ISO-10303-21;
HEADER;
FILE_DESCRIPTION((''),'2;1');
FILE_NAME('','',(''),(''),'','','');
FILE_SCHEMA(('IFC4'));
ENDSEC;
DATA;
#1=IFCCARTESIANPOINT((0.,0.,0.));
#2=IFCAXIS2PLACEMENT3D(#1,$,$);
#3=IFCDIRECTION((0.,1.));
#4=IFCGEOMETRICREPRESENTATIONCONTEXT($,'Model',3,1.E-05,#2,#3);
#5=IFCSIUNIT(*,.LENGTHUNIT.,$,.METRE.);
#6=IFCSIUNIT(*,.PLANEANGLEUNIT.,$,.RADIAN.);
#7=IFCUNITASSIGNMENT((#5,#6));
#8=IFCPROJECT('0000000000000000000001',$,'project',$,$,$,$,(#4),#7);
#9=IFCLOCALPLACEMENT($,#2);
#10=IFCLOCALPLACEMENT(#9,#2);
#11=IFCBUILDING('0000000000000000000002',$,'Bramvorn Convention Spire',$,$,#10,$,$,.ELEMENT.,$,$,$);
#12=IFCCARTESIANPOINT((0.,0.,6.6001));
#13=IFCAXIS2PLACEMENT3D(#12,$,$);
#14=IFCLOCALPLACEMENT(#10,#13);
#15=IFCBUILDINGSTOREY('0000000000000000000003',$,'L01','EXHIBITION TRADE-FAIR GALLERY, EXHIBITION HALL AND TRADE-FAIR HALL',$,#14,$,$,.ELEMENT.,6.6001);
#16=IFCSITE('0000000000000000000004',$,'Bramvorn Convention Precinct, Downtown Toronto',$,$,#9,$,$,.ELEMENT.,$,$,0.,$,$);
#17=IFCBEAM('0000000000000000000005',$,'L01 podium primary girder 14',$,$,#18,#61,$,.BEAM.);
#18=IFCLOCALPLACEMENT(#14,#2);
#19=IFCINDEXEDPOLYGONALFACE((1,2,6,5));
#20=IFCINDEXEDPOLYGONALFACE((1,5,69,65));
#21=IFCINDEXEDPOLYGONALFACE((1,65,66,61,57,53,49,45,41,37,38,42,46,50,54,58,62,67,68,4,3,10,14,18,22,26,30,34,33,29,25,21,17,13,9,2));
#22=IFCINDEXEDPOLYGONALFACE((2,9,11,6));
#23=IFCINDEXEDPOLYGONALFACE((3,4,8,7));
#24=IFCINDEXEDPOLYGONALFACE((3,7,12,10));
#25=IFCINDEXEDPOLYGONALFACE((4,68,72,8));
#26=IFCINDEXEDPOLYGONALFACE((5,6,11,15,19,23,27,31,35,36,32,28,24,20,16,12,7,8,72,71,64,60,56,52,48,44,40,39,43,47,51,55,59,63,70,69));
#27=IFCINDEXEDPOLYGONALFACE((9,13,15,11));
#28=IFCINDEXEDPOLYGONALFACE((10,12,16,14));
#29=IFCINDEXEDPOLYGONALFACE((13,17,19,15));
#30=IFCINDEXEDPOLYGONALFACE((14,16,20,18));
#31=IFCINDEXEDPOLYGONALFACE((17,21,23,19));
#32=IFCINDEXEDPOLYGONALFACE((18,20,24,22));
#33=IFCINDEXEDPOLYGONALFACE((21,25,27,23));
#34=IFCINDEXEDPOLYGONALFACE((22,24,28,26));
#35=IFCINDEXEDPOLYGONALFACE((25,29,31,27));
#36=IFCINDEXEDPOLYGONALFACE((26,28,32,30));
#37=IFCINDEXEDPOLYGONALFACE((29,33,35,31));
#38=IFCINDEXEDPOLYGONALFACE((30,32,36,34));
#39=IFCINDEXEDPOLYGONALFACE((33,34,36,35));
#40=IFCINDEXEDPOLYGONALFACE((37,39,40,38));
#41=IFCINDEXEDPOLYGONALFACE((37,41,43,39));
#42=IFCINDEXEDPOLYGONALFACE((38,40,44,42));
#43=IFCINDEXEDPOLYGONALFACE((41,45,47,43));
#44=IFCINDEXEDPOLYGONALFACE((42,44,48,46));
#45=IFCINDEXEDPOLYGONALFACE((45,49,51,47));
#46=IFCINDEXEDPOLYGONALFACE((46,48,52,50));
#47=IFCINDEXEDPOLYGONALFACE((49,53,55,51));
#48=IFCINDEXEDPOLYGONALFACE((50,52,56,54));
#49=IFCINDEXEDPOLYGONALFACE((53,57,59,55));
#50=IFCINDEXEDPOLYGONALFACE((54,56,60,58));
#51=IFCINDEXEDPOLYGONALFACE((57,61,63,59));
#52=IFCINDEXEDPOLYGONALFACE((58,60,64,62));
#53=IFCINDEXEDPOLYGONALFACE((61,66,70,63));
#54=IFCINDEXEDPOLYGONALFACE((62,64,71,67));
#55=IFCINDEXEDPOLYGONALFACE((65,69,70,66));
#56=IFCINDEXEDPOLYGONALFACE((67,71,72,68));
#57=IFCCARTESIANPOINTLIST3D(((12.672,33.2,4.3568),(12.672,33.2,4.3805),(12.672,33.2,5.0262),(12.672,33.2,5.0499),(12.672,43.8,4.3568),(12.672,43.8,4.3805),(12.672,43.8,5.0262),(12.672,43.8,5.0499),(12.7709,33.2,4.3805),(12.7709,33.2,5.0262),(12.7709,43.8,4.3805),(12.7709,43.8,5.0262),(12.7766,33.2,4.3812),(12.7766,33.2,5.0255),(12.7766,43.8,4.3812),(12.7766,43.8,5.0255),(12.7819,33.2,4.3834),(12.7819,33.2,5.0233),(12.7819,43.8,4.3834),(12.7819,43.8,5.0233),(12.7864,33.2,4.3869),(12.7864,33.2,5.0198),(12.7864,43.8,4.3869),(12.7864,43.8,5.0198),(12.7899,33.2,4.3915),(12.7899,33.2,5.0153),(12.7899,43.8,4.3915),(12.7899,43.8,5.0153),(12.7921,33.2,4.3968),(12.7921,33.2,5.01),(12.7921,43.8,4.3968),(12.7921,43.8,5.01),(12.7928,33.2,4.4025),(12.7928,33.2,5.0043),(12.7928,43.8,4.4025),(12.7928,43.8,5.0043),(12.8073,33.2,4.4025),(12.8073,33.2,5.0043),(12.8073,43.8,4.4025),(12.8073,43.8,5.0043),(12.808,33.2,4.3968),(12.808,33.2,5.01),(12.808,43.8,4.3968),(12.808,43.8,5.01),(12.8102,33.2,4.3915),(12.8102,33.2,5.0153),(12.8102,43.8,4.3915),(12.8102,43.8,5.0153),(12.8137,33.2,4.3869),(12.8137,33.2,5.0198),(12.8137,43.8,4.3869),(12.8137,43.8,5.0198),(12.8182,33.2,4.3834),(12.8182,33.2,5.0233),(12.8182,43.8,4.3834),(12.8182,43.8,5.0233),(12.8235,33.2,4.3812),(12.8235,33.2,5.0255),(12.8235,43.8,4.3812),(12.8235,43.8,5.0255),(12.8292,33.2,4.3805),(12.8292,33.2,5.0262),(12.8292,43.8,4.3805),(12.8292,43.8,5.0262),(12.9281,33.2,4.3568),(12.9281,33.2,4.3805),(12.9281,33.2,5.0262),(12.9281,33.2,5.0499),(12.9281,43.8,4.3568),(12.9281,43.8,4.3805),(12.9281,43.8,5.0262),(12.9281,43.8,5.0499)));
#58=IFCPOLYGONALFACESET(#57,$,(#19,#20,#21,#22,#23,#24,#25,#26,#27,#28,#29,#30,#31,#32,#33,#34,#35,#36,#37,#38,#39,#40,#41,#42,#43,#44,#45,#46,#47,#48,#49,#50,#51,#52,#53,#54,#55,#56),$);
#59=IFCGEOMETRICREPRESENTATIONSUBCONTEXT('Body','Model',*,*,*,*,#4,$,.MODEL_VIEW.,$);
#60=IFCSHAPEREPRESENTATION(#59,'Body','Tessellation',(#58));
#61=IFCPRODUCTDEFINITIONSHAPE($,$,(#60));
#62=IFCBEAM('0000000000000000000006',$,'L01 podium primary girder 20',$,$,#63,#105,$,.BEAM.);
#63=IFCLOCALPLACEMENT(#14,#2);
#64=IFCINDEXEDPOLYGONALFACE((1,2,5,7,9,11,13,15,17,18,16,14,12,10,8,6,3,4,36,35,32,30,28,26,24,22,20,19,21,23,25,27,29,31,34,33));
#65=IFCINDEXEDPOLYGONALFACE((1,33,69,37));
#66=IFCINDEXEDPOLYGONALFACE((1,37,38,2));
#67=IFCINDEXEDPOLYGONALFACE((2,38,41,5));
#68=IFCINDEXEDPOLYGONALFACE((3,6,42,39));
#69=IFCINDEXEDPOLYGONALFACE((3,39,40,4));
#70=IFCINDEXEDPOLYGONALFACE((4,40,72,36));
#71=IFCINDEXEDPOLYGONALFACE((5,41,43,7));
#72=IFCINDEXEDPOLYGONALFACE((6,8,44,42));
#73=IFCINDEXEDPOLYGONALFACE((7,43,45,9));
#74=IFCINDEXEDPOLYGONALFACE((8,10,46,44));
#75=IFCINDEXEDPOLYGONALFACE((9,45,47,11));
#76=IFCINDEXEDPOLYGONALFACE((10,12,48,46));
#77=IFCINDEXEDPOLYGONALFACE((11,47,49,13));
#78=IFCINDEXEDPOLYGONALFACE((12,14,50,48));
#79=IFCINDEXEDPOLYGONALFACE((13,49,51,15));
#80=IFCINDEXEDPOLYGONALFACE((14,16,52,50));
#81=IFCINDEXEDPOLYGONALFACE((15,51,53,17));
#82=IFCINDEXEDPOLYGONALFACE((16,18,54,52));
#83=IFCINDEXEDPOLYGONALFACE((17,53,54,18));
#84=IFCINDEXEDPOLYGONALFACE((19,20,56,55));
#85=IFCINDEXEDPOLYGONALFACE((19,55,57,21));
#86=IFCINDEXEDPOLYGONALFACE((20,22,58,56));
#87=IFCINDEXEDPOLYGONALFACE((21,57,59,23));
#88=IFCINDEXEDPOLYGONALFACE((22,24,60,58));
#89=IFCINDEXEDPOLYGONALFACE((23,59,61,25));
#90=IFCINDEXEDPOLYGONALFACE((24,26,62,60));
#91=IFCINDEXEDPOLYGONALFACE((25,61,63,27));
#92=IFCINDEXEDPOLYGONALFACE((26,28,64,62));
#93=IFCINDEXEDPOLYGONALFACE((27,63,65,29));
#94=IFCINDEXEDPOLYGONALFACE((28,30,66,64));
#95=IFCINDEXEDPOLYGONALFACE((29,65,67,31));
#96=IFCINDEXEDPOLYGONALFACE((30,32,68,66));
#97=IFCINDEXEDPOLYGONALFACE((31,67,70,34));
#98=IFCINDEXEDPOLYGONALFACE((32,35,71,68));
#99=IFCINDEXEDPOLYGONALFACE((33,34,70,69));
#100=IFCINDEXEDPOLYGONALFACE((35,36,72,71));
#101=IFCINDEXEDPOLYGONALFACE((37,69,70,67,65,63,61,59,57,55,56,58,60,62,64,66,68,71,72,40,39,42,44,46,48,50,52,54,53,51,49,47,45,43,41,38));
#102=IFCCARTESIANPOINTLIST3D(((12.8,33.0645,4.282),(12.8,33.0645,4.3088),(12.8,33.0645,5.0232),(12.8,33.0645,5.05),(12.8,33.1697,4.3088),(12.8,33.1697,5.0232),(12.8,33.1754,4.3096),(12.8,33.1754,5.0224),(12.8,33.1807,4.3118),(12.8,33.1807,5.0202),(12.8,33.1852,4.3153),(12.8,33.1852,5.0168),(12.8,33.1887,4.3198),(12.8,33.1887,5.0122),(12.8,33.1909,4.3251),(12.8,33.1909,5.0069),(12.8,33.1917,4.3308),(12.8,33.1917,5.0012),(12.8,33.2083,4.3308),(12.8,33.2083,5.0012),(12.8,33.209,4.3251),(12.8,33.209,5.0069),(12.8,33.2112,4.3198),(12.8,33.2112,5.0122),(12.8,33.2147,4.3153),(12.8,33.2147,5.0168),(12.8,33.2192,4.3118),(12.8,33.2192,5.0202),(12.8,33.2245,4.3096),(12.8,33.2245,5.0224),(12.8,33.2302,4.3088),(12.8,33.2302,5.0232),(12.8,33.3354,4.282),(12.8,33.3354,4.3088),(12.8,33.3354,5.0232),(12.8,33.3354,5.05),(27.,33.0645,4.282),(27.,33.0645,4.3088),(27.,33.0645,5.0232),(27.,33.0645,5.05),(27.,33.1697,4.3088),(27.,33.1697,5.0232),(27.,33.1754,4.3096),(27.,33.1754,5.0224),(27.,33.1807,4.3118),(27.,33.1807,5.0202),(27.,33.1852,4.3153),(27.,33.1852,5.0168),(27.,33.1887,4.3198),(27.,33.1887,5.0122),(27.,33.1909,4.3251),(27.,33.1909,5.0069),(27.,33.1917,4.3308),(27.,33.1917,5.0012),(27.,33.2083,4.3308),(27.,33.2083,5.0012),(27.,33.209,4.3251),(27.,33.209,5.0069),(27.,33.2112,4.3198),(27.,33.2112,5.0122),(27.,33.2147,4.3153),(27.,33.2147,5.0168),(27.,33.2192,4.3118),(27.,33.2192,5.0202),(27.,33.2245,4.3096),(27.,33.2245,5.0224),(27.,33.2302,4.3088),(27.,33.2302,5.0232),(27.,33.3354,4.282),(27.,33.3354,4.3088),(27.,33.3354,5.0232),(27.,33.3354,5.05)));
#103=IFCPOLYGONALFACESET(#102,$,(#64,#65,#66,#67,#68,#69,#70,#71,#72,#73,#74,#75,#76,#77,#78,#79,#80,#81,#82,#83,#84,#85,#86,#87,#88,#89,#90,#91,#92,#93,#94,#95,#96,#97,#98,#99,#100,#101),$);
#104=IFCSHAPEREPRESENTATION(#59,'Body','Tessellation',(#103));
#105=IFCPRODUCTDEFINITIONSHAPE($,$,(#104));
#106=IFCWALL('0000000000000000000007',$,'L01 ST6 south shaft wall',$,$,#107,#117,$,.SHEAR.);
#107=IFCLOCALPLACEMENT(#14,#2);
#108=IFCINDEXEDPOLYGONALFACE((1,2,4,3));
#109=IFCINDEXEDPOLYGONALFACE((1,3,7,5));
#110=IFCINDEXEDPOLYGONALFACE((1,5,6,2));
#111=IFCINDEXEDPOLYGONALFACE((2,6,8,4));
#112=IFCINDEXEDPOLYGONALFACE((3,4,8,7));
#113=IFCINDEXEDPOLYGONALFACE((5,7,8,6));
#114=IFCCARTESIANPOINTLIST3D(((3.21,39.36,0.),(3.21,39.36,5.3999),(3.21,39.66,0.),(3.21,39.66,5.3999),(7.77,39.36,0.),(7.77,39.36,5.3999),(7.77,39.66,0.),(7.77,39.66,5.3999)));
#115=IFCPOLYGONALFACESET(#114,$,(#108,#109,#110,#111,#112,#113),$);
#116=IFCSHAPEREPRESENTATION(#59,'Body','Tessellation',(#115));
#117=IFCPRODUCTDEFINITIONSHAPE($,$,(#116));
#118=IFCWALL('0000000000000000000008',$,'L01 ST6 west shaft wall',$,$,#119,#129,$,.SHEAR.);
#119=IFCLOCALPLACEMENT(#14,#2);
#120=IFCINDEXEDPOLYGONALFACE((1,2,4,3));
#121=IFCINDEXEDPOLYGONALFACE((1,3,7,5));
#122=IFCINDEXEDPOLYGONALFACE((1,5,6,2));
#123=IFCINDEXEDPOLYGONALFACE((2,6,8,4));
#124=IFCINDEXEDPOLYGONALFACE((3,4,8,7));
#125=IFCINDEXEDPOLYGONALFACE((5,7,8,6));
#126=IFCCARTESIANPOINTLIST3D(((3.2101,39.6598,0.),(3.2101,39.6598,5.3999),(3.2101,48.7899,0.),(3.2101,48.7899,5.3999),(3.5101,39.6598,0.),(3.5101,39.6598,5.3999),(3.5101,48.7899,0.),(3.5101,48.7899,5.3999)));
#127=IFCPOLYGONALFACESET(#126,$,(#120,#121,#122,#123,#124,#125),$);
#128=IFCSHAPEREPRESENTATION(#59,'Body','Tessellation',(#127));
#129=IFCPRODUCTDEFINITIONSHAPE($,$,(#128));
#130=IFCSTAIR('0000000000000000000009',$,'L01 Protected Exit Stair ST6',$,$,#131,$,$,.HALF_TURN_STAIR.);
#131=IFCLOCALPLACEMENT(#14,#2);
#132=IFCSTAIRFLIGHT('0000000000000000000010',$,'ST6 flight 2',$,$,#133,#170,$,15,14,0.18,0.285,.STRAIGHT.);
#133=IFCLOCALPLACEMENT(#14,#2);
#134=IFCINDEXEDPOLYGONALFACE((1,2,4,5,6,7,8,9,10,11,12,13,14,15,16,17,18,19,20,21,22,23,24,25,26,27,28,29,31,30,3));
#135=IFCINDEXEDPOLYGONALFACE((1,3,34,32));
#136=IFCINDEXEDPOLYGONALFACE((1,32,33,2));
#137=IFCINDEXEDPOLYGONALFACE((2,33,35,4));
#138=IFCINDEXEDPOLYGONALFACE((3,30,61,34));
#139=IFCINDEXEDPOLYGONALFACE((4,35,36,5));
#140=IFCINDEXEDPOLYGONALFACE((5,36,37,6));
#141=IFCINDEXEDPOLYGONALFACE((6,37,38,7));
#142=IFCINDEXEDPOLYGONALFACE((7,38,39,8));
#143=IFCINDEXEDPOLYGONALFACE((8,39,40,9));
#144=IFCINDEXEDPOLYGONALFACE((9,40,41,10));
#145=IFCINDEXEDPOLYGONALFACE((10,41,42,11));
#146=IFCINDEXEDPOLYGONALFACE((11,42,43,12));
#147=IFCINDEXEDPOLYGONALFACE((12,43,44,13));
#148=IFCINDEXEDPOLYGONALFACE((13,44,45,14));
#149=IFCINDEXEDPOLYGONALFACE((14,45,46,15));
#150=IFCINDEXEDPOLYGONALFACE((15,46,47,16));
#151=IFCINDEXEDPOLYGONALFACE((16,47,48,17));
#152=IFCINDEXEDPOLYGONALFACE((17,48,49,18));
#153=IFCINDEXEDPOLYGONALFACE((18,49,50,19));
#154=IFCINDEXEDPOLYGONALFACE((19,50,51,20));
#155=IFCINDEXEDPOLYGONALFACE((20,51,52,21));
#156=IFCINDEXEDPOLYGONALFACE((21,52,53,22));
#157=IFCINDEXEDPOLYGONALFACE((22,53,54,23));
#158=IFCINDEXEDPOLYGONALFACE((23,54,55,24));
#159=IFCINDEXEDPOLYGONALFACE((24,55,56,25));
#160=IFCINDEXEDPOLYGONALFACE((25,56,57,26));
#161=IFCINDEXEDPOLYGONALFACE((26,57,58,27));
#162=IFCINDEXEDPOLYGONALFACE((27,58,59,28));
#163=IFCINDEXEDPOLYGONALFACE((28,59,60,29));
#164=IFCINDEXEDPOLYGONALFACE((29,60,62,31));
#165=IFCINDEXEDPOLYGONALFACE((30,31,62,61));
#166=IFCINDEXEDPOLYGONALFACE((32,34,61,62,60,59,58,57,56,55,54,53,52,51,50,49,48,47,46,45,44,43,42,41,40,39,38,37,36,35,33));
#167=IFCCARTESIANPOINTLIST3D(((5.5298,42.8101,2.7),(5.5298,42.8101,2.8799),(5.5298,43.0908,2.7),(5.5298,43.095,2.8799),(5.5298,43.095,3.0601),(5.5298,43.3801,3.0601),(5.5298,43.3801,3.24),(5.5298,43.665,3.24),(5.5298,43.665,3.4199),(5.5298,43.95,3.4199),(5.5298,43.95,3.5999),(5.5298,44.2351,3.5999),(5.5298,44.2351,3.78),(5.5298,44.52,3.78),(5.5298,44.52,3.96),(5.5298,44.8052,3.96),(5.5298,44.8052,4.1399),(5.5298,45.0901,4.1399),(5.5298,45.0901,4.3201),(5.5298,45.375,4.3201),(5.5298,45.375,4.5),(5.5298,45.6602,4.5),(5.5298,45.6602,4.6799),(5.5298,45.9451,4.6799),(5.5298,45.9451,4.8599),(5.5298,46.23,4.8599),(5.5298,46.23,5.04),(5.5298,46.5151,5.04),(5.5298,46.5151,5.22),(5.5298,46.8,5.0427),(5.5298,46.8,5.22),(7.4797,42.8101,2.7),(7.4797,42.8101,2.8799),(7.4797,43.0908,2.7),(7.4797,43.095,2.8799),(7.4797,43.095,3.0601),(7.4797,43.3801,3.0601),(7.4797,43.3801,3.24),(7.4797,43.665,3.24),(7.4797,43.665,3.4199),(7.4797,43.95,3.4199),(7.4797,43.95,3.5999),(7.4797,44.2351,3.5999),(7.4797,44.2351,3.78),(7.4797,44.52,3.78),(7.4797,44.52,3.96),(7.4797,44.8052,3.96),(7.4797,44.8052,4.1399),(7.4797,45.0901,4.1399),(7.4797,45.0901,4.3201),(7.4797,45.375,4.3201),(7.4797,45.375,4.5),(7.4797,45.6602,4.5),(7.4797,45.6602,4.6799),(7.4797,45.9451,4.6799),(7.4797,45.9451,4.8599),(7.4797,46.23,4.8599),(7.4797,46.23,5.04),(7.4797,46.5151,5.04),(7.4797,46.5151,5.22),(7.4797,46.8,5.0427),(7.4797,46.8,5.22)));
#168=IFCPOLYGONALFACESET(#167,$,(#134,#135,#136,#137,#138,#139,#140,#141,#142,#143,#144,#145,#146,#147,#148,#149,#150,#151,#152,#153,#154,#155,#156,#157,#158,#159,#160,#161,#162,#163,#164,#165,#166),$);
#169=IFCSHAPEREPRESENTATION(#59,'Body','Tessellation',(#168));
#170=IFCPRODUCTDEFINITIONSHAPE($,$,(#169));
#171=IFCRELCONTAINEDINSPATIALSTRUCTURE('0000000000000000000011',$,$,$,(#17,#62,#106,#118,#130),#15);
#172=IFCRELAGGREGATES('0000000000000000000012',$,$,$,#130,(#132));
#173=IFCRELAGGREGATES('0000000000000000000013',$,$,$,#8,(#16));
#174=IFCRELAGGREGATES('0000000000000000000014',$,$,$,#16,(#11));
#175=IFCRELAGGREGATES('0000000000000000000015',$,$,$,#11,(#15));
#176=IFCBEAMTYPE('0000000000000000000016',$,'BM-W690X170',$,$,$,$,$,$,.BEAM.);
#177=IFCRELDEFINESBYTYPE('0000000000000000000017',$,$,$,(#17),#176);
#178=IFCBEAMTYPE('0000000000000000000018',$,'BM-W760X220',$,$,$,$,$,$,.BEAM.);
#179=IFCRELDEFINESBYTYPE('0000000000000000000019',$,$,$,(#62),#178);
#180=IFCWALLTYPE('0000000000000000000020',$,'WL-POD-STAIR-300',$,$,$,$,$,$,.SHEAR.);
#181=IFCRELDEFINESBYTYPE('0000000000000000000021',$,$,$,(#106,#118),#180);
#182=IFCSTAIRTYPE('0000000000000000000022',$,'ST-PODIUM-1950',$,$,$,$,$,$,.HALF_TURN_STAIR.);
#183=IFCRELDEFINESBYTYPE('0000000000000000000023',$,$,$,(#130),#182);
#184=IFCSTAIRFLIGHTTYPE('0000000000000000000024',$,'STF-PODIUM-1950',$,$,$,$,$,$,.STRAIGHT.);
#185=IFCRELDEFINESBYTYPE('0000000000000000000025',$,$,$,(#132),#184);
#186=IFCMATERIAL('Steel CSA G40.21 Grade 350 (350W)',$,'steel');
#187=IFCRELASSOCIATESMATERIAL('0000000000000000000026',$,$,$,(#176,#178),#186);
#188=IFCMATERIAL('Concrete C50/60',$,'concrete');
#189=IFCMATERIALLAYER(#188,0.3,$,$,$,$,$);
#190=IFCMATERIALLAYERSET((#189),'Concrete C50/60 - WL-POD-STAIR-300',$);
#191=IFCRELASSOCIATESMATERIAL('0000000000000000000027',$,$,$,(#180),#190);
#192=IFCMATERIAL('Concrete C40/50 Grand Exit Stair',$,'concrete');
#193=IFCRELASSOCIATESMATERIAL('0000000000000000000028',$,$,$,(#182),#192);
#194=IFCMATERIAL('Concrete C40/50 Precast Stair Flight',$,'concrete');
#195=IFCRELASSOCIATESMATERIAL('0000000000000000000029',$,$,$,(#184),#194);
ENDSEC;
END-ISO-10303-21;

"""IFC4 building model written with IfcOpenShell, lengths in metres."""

from ifc_helpers import new_model, si_unit, direction, frame, frame_2d, origin, origin_2d, place, context, subcontext, project, spatial, polyline, rectangle, i_section, outline, extrude, material, layer, layer_set, material_profile, profile_set, type_object, element, aggregate, save


model = new_model("IFC4")

# Units and contexts
model_context = context("Model", 3, precision=1e-05, world=origin(), true_north=direction((0.0, 1.0)))
body_context = subcontext(model_context, "Body", "Model", "MODEL_VIEW")
ifc_project = project(units=[si_unit("LENGTHUNIT", "METRE"), si_unit("PLANEANGLEUNIT", "RADIAN")], contexts=[model_context])

# Site, building, storey
site_placement = place(None, origin())
site = spatial("IfcSite", under=ifc_project, at=site_placement, Name="Bramvorn Convention Precinct, Downtown Toronto", CompositionType="ELEMENT", RefElevation=0.0)
building_placement = place(site_placement, origin())
building = spatial("IfcBuilding", under=site, at=building_placement, Name="Bramvorn Convention Spire", CompositionType="ELEMENT")
storey_placement = place(building_placement, frame((0.0, 0.0, 6.6001)))
storey = spatial("IfcBuildingStorey", under=building, at=storey_placement, Name="L01", Description="EXHIBITION TRADE-FAIR GALLERY, EXHIBITION HALL AND TRADE-FAIR HALL", CompositionType="ELEMENT", Elevation=6.6001)

# Shared definitions
ifc_material_1 = material(Name="Steel CSA G40.21 Grade 350 (350W)", Category="steel")

# Beams
ifc_material_profile_1 = material_profile(ifc_material_1, i_section(OverallWidth=0.2561, OverallDepth=0.6931, WebThickness=0.0144, FlangeThickness=0.0237, FilletRadius=0.022, at=origin_2d()))
ifc_profile_set_1 = profile_set([ifc_material_profile_1], Name="Steel CSA G40.21 Grade 350 (350W) - W690X170")
beam_type_1 = type_object("IfcBeamType", Name="BM-W690X170", PredefinedType="BEAM", material=ifc_profile_set_1)
beam_1_placement = place(storey_placement, frame((12.8, 33.2, 4.7034), z_axis=(0.0, 1.0, 0.0), x_axis=(-1.0, 0.0, 0.0)))
element("IfcBeam", 1, at=beam_1_placement, inside=storey, type_object=beam_type_1, Name="L01 podium primary girder 14", PredefinedType="BEAM", context=body_context, shape_type="SweptSolid", body=[
    extrude(i_section(OverallWidth=0.2561, OverallDepth=0.6931, WebThickness=0.0144, FlangeThickness=0.0237, FilletRadius=0.022, at=origin_2d()), origin(), (0.0, 0.0, 1.0), 10.6001),
])
ifc_material_profile_2 = material_profile(ifc_material_1, i_section(OverallWidth=0.271, OverallDepth=0.7681, WebThickness=0.0166, FlangeThickness=0.0269, FilletRadius=0.022, at=origin_2d()))
ifc_profile_set_2 = profile_set([ifc_material_profile_2], Name="Steel CSA G40.21 Grade 350 (350W) - W760X220")
beam_type_2 = type_object("IfcBeamType", Name="BM-W760X220", PredefinedType="BEAM", material=ifc_profile_set_2)
beam_2_placement = place(storey_placement, frame((12.8, 33.2, 4.666), z_axis=(1.0, 0.0, 0.0), x_axis=(0.0, 1.0, 0.0)))
element("IfcBeam", 2, at=beam_2_placement, inside=storey, type_object=beam_type_2, Name="L01 podium primary girder 20", PredefinedType="BEAM", context=body_context, shape_type="SweptSolid", body=[
    extrude(i_section(OverallWidth=0.271, OverallDepth=0.7681, WebThickness=0.0166, FlangeThickness=0.0269, FilletRadius=0.022, at=origin_2d()), origin(), (0.0, 0.0, 1.0), 14.2),
])

# Walls
ifc_material_2 = material(Name="Concrete C50/60", Category="concrete")
ifc_layer = layer(ifc_material_2, 0.3)
ifc_layer_set = layer_set([ifc_layer], Name="Concrete C50/60 - WL-POD-STAIR-300")
wall_type = type_object("IfcWallType", Name="WL-POD-STAIR-300", PredefinedType="SHEAR", material=ifc_layer_set)
wall_1_placement = place(storey_placement, frame((3.21, 39.51, 0.0), z_axis=(0.0, 0.0, 1.0), x_axis=(1.0, 0.0, 0.0)))
element("IfcWall", 3, at=wall_1_placement, inside=storey, type_object=wall_type, Name="L01 ST6 south shaft wall", PredefinedType="SHEAR", context=body_context, shape_type="SweptSolid", body=[
    extrude(rectangle(XDim=4.5601, YDim=0.3, at=frame_2d((2.28, 0.0))), origin(), (0.0, 0.0, 1.0), 5.3999),
])
wall_2_placement = place(storey_placement, frame((3.3601, 39.6599, 0.0), z_axis=(0.0, 0.0, 1.0), x_axis=(0.0, 1.0, 0.0)))
element("IfcWall", 4, at=wall_2_placement, inside=storey, type_object=wall_type, Name="L01 ST6 west shaft wall", PredefinedType="SHEAR", context=body_context, shape_type="SweptSolid", body=[
    extrude(rectangle(XDim=9.1301, YDim=0.3, at=frame_2d((4.5649, 0.0))), origin(), (0.0, 0.0, 1.0), 5.3999),
])

# Stair, stair flight
ifc_material_3 = material(Name="Concrete C40/50 Grand Exit Stair", Category="concrete")
stair_type = type_object("IfcStairType", Name="ST-PODIUM-1950", PredefinedType="HALF_TURN_STAIR", material=ifc_material_3)
stair_placement = place(storey_placement, origin())
stair = element("IfcStair", 5, at=stair_placement, inside=storey, type_object=stair_type, Name="L01 Protected Exit Stair ST6", PredefinedType="HALF_TURN_STAIR")
ifc_material_4 = material(Name="Concrete C40/50 Precast Stair Flight", Category="concrete")
stair_flight_type = type_object("IfcStairFlightType", Name="STF-PODIUM-1950", PredefinedType="STRAIGHT", material=ifc_material_4)
stair_flight_placement = place(storey_placement, frame((6.5049, 42.8101, 2.7), z_axis=(0.0, 0.0, 1.0), x_axis=(0.0, 1.0, 0.0)))
stair_flight = element("IfcStairFlight", 6, at=stair_flight_placement, type_object=stair_flight_type, Name="ST6 flight 2", NumberOfRisers=15, NumberOfTreads=14, PredefinedType="STRAIGHT", RiserHeight=0.18, TreadLength=0.285, context=body_context, shape_type="SweptSolid", body=[
    extrude(outline(polyline([(0.0, 0.0), (0.0, 0.1799), (0.2849, 0.1799), (0.2849, 0.3601), (0.5701, 0.3601), (0.5701, 0.54), (0.855, 0.54), (0.855, 0.72), (1.1399, 0.72), (1.1399, 0.8999), (1.425, 0.8999), (1.425, 1.0801), (1.71, 1.0801), (1.71, 1.26), (1.9951, 1.26), (1.9951, 1.4399), (2.28, 1.4399), (2.28, 1.6201), (2.5649, 1.6201), (2.5649, 1.8), (2.8501, 1.8), (2.8501, 1.98), (3.135, 1.98), (3.135, 2.1599), (3.4199, 2.1599), (3.4199, 2.3401), (3.7051, 2.3401), (3.7051, 2.52), (3.99, 2.52), (3.99, 2.7), (3.99, 2.3428), (0.2808, 0.0), (0.0, 0.0)])), frame((0.0, 0.9751, 0.0), z_axis=(0.0, -1.0, 0.0), x_axis=(1.0, 0.0, 0.0)), (0.0, 0.0, 1.0), 1.95),
])
aggregate(stair, [stair_flight])

save(model, "model.ifc")
